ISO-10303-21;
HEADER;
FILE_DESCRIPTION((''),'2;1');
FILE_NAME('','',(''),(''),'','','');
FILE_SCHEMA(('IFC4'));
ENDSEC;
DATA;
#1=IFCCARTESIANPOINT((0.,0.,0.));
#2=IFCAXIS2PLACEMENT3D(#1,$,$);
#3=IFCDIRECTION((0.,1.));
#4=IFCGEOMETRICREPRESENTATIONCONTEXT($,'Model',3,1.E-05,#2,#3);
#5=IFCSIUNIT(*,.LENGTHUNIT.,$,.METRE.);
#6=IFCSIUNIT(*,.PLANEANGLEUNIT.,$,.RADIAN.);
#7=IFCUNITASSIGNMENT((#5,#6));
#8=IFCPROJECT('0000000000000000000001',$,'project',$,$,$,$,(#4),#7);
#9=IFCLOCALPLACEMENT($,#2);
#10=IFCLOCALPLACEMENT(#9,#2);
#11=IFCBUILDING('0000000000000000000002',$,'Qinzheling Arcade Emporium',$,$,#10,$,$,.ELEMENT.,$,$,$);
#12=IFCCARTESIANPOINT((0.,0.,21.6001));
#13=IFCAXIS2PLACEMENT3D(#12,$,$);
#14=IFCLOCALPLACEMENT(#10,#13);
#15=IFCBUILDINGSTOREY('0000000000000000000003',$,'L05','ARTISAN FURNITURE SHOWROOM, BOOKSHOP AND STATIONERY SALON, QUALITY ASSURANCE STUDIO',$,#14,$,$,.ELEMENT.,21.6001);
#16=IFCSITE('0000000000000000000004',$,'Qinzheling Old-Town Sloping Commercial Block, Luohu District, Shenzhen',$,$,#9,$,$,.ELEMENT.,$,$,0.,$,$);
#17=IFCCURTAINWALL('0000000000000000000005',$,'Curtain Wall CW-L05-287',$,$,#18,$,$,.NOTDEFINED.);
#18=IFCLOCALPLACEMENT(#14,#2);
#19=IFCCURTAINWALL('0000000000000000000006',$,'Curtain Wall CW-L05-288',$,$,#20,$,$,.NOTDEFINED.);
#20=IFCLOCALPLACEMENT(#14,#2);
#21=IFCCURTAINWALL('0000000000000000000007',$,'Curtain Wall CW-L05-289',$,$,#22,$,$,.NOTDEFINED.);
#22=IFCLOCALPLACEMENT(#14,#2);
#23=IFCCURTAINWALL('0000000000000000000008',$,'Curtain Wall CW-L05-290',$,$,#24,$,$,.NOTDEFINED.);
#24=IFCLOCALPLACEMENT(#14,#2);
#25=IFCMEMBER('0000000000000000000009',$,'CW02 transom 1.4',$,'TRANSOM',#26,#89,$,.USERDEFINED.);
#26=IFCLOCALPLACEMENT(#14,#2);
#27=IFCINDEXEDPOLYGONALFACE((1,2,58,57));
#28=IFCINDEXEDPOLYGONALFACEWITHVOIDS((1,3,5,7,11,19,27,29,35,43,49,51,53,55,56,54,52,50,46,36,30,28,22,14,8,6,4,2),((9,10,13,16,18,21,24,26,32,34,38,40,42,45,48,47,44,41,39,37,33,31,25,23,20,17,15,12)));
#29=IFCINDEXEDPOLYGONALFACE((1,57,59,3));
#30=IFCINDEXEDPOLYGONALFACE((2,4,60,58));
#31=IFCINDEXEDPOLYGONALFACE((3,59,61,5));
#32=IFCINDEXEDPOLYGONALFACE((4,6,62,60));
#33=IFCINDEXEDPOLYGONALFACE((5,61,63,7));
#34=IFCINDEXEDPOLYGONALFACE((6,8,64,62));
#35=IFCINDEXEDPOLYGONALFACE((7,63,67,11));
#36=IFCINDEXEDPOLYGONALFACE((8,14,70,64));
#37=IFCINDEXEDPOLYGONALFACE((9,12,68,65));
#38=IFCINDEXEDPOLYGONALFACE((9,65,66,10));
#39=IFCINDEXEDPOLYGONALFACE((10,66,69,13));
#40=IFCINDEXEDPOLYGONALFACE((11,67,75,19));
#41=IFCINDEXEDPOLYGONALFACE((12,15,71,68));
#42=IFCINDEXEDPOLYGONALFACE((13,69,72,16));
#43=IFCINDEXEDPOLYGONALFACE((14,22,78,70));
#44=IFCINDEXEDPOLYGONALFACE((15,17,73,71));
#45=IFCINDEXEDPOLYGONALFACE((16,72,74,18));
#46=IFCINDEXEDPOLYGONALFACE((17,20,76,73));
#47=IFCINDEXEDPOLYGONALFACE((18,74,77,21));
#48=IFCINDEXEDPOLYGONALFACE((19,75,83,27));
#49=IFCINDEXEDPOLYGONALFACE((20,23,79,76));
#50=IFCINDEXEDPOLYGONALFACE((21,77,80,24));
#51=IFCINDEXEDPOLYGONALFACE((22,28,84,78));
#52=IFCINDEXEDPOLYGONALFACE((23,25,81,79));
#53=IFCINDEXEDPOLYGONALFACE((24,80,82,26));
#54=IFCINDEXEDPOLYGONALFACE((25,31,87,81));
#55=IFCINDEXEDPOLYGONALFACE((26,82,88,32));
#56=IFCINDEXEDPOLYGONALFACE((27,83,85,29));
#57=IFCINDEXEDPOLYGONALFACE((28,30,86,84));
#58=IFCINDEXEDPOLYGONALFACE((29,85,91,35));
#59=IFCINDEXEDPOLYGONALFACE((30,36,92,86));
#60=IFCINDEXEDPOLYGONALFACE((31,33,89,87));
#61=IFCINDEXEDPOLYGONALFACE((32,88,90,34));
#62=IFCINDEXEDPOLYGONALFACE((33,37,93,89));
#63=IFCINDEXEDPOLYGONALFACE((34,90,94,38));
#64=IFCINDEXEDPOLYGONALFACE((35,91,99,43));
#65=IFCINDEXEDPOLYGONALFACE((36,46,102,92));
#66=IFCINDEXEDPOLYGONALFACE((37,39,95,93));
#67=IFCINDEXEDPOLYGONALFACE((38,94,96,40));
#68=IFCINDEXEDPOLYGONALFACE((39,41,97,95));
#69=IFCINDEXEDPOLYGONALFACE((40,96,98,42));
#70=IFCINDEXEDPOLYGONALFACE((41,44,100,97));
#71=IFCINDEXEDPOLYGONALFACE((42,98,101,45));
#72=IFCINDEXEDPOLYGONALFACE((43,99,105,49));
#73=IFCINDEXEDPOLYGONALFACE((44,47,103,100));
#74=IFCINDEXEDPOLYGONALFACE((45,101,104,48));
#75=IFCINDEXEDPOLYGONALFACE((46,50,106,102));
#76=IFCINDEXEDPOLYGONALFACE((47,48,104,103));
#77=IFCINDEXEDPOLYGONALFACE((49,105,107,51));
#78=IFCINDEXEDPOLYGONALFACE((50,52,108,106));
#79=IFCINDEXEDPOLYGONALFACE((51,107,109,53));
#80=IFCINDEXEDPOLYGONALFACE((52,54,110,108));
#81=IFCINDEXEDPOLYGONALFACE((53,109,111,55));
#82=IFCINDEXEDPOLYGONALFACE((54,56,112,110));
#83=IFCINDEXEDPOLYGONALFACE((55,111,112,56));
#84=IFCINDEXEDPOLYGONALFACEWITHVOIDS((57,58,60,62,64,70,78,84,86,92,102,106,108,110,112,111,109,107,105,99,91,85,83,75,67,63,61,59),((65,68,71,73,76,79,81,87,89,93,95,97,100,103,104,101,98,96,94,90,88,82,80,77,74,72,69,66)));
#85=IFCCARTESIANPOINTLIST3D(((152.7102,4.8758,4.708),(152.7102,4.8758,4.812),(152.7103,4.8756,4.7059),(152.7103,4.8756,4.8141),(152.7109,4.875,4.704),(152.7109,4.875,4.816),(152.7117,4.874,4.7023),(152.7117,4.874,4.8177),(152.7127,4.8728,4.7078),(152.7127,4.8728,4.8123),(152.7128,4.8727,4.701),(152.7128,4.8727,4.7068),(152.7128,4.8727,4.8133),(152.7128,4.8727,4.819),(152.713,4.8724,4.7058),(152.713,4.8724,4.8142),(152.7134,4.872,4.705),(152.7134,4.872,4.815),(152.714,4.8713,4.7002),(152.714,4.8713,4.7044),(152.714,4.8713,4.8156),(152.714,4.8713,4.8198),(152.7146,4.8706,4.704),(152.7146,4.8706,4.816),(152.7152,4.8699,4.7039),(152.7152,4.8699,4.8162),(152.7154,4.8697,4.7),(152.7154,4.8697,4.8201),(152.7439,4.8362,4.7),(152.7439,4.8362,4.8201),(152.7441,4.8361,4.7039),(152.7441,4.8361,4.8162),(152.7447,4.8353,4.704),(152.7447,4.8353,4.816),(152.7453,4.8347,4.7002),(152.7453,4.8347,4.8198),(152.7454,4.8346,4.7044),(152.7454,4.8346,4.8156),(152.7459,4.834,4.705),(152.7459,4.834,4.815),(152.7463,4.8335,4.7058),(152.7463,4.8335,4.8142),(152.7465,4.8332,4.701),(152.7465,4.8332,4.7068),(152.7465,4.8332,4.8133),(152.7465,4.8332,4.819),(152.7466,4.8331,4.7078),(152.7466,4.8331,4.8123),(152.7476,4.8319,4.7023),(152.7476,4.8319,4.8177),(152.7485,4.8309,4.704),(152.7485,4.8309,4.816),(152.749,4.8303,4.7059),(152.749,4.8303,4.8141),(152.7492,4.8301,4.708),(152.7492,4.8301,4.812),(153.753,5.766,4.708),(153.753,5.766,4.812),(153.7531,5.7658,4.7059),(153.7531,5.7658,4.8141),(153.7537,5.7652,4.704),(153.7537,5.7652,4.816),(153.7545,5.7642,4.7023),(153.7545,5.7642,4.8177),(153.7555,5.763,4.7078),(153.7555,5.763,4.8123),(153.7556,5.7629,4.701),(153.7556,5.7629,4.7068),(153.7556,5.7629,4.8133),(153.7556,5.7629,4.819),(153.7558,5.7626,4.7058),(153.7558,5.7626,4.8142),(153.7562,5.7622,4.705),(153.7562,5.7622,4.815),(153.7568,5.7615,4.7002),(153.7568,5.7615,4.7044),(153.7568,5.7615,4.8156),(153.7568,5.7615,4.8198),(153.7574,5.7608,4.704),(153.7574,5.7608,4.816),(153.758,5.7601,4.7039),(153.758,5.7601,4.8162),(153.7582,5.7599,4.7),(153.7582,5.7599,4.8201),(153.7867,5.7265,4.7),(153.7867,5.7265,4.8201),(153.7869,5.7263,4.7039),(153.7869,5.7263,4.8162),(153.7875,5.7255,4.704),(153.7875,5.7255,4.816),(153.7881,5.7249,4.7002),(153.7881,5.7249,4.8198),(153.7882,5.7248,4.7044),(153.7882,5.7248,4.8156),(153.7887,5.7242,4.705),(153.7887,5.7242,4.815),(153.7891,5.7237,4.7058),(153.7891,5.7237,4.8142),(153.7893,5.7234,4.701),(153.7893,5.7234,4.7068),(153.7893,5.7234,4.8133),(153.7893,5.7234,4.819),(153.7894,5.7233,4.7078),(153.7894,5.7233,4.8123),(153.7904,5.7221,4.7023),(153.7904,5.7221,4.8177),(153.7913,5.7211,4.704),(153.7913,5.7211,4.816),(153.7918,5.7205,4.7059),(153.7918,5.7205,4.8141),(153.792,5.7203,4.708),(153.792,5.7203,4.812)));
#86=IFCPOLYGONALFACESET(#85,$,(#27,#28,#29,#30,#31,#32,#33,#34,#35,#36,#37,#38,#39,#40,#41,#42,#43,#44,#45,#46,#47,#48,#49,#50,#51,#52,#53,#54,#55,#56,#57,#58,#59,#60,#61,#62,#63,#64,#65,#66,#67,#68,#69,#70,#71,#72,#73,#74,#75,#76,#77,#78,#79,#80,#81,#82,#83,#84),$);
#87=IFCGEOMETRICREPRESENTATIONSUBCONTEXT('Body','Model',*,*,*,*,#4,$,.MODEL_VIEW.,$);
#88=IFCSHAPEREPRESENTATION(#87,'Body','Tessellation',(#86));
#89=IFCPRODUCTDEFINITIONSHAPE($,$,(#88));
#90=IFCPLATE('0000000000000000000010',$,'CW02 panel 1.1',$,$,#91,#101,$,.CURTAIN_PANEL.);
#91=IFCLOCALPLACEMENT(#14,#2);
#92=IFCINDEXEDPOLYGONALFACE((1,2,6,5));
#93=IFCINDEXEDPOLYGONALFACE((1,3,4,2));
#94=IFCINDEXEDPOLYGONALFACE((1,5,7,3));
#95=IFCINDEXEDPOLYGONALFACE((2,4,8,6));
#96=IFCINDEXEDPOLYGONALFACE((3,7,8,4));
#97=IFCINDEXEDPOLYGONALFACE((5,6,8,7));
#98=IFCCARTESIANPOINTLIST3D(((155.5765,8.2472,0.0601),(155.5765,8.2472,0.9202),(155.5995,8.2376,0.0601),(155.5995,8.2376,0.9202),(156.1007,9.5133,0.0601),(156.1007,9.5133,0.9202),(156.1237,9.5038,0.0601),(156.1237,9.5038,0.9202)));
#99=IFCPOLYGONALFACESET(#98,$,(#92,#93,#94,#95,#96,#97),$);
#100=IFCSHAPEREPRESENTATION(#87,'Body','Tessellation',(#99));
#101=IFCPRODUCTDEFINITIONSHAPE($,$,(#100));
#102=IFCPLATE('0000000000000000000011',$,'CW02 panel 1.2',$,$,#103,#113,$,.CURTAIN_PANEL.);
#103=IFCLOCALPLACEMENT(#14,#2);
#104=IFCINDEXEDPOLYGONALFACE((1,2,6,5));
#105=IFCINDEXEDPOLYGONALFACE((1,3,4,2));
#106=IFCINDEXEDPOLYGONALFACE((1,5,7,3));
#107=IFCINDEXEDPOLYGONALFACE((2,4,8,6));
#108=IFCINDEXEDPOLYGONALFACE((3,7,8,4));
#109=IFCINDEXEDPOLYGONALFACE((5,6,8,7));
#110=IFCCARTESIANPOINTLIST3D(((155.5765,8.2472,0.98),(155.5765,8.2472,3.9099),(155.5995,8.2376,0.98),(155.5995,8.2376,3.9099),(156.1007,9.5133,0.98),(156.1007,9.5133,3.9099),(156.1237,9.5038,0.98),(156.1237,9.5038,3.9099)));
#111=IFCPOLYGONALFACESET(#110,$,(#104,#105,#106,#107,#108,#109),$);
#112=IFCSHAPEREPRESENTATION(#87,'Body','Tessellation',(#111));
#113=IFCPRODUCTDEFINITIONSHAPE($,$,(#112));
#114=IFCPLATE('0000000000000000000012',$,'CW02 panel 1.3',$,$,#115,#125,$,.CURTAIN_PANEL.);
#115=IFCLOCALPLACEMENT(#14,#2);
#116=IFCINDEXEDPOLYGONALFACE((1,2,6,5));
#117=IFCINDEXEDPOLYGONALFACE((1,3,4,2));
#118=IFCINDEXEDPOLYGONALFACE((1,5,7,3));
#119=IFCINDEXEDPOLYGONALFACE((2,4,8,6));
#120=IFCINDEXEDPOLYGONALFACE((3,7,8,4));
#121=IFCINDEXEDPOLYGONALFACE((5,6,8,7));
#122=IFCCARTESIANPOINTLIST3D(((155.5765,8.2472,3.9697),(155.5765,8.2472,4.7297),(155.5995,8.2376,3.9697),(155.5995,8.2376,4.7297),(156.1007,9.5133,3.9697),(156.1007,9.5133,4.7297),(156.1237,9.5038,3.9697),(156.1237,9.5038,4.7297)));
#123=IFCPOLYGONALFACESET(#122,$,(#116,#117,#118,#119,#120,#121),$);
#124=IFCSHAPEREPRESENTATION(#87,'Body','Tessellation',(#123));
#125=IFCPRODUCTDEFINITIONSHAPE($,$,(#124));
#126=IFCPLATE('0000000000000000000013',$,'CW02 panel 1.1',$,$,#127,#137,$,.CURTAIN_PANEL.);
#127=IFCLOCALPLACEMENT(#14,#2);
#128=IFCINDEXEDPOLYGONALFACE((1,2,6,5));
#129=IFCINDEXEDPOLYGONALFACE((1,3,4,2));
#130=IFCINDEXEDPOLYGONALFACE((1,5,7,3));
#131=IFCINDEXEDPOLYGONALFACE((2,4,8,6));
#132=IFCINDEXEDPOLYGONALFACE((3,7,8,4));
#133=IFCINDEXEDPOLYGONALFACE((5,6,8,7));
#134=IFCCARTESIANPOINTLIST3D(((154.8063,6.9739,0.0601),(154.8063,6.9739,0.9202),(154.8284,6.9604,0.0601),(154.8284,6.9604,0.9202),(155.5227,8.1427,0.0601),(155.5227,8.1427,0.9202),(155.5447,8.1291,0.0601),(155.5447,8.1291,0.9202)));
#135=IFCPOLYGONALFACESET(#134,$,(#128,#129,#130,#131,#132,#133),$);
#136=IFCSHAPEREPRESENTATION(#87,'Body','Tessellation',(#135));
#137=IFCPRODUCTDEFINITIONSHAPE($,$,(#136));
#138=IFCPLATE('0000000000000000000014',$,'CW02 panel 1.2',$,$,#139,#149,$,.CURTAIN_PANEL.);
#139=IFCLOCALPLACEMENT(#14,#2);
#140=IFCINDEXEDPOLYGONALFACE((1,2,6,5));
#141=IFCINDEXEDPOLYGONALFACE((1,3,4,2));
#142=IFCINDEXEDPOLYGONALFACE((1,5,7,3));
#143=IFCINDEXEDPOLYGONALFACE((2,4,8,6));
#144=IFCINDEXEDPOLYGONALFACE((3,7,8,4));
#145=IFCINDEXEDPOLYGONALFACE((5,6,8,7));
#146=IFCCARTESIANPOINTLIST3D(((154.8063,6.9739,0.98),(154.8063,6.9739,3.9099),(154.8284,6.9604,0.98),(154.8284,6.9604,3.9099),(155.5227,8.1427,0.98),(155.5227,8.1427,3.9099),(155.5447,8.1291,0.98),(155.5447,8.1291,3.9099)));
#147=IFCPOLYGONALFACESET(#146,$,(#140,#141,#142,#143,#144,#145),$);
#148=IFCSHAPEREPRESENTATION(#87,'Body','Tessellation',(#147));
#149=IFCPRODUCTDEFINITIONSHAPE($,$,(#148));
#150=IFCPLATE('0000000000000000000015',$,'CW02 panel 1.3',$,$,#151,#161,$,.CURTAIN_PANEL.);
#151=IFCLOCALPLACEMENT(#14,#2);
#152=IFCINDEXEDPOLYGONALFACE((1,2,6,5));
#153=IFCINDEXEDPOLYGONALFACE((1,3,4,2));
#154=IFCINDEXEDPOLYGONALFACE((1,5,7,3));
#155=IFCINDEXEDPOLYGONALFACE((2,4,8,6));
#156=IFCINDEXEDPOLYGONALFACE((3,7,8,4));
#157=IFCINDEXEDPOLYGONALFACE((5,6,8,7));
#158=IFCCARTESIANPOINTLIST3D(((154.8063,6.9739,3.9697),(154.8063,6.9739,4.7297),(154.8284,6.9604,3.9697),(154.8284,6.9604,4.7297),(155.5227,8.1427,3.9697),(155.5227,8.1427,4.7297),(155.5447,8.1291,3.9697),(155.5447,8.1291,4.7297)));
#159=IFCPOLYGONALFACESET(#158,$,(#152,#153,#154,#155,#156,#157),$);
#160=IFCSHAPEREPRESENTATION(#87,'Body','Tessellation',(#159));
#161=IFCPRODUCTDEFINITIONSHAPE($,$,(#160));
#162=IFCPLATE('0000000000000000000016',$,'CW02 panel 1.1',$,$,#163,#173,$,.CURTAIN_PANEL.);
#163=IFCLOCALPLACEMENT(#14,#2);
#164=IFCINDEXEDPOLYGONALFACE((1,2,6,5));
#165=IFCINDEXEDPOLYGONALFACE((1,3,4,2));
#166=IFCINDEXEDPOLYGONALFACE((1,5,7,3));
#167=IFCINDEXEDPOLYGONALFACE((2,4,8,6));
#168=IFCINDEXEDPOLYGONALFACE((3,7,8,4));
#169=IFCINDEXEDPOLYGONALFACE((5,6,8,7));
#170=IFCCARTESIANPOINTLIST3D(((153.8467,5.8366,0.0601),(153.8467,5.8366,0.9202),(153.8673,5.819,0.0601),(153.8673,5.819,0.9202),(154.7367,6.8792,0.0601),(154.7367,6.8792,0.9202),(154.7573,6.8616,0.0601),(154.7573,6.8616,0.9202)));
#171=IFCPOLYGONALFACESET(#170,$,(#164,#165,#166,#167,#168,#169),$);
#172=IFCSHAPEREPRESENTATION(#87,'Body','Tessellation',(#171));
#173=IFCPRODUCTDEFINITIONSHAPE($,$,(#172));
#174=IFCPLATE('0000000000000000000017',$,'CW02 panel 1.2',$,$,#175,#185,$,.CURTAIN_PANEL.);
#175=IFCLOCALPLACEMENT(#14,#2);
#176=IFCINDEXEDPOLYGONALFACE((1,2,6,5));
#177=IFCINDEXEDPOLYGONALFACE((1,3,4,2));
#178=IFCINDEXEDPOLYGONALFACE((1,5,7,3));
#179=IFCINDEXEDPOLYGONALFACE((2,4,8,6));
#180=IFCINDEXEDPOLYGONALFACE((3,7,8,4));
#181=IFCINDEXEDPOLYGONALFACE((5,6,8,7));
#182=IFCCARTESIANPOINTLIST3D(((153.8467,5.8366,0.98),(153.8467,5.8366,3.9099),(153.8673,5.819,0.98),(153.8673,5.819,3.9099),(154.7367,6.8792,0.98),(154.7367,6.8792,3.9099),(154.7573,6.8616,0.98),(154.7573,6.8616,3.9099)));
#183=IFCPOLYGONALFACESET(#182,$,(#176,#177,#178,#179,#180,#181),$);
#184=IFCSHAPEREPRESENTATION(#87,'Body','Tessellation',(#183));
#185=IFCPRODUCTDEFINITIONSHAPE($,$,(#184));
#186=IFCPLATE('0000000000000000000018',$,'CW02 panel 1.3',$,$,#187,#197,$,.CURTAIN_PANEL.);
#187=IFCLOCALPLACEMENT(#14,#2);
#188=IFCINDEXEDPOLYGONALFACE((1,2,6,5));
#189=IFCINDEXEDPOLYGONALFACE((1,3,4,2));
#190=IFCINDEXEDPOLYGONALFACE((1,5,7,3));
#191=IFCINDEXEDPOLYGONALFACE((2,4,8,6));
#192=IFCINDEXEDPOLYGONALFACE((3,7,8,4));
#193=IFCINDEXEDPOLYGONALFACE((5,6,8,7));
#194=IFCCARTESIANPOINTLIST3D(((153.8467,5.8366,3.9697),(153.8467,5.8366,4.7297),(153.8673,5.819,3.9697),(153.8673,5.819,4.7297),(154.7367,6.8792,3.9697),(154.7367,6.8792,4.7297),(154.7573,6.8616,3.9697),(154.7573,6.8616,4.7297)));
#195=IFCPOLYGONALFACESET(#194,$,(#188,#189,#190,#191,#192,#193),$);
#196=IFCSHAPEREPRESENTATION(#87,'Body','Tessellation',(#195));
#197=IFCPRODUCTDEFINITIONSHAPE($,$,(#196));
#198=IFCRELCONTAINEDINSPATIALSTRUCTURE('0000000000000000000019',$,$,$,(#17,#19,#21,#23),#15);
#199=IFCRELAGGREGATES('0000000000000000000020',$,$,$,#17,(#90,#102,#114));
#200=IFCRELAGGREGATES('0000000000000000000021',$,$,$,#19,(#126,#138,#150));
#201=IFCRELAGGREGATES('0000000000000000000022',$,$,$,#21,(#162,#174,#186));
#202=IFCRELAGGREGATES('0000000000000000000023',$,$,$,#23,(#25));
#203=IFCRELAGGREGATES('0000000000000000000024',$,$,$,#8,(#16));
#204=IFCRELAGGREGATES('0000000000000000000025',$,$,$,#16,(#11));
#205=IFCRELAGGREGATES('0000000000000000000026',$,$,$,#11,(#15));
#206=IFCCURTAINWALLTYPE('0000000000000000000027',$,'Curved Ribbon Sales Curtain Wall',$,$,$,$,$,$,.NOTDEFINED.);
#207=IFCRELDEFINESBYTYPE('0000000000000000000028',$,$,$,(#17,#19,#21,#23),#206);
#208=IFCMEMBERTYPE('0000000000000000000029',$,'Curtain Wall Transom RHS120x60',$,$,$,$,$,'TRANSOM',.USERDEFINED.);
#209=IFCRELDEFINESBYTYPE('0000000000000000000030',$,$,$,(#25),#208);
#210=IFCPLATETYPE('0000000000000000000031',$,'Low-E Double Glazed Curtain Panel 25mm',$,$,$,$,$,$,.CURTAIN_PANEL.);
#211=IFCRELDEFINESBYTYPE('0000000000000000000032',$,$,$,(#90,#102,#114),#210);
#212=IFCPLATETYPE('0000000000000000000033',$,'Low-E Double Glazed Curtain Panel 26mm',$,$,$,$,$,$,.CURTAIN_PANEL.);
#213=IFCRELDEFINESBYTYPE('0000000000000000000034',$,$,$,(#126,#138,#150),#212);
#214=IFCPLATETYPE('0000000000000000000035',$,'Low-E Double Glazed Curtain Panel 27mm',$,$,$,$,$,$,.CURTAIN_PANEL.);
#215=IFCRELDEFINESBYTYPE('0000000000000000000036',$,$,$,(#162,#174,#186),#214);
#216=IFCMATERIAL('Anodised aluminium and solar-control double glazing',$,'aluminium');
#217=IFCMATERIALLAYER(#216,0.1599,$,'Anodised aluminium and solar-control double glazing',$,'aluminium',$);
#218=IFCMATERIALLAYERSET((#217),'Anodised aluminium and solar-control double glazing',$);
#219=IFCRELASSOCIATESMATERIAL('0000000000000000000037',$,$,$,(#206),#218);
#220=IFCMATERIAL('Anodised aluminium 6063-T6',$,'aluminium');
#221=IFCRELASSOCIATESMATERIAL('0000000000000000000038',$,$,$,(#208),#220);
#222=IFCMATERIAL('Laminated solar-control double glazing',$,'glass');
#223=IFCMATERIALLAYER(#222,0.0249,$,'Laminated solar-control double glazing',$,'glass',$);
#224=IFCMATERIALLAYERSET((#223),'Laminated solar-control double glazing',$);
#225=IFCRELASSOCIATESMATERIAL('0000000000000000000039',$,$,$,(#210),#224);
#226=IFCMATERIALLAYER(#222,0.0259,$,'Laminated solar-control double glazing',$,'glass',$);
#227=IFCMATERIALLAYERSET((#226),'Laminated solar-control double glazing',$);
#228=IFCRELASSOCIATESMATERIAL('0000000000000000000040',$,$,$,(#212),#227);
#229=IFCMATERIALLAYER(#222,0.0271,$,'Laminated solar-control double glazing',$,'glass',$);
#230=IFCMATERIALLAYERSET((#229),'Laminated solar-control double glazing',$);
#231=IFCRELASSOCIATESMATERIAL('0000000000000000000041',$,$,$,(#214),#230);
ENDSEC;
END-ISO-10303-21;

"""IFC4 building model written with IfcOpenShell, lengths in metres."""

from ifc_helpers import new_model, si_unit, direction, frame, origin, origin_2d, place, context, subcontext, project, spatial, rectangle, hollow_rectangle, extrude, material, layer, layer_set, material_profile, profile_set, type_object, element, aggregate, save


model = new_model("IFC4")

# Units and contexts
model_context = context("Model", 3, precision=1e-05, world=origin(), true_north=direction((0.0, 1.0)))
body_context = subcontext(model_context, "Body", "Model", "MODEL_VIEW")
ifc_project = project(units=[si_unit("LENGTHUNIT", "METRE"), si_unit("PLANEANGLEUNIT", "RADIAN")], contexts=[model_context])

# Site, building, storey
site_placement = place(None, origin())
site = spatial("IfcSite", under=ifc_project, at=site_placement, Name="Qinzheling Old-Town Sloping Commercial Block, Luohu District, Shenzhen", CompositionType="ELEMENT", RefElevation=0.0)
building_placement = place(site_placement, origin())
building = spatial("IfcBuilding", under=site, at=building_placement, Name="Qinzheling Arcade Emporium", CompositionType="ELEMENT")
storey_placement = place(building_placement, frame((0.0, 0.0, 21.6001)))
storey = spatial("IfcBuildingStorey", under=building, at=storey_placement, Name="L05", Description="ARTISAN FURNITURE SHOWROOM, BOOKSHOP AND STATIONERY SALON, QUALITY ASSURANCE STUDIO", CompositionType="ELEMENT", Elevation=21.6001)

# Curtain wall
ifc_material_1 = material(Name="Anodised aluminium and solar-control double glazing", Category="aluminium")
ifc_layer_1 = layer(ifc_material_1, 0.1599, Name="Anodised aluminium and solar-control double glazing", Category="aluminium")
ifc_layer_set_1 = layer_set([ifc_layer_1], Name="Anodised aluminium and solar-control double glazing")
curtain_wall_type = type_object("IfcCurtainWallType", Name="Curved Ribbon Sales Curtain Wall", PredefinedType="NOTDEFINED", material=ifc_layer_set_1)
curtain_wall_1_placement = place(storey_placement, origin())
curtain_wall_1 = element("IfcCurtainWall", 1, at=curtain_wall_1_placement, inside=storey, type_object=curtain_wall_type, Name="Curtain Wall CW-L05-287", PredefinedType="NOTDEFINED")
ifc_material_2 = material(Name="Anodised aluminium 6063-T6", Category="aluminium")

# Curtain walls
curtain_wall_2_placement = place(storey_placement, origin())
curtain_wall_2 = element("IfcCurtainWall", 2, at=curtain_wall_2_placement, inside=storey, type_object=curtain_wall_type, Name="Curtain Wall CW-L05-288", PredefinedType="NOTDEFINED")
curtain_wall_3_placement = place(storey_placement, origin())
curtain_wall_3 = element("IfcCurtainWall", 3, at=curtain_wall_3_placement, inside=storey, type_object=curtain_wall_type, Name="Curtain Wall CW-L05-289", PredefinedType="NOTDEFINED")
curtain_wall_4_placement = place(storey_placement, origin())
curtain_wall_4 = element("IfcCurtainWall", 4, at=curtain_wall_4_placement, inside=storey, type_object=curtain_wall_type, Name="Curtain Wall CW-L05-290", PredefinedType="NOTDEFINED")

# Member
ifc_material_profile_1 = material_profile(ifc_material_2, hollow_rectangle(XDim=0.0601, YDim=0.1201, WallThickness=0.0039, InnerFilletRadius=0.0039, OuterFilletRadius=0.0081, at=origin_2d()), Name="RHS 120x60x4", Category="aluminium")
ifc_profile_set_1 = profile_set([ifc_material_profile_1], Name="Anodised aluminium 6063-T6")
member_type_1 = type_object("IfcMemberType", Name="Curtain Wall Transom RHS120x60", ElementType="TRANSOM", PredefinedType="USERDEFINED", material=ifc_profile_set_1)
member_1_placement = place(storey_placement, frame((153.7725, 5.7432, 4.76), z_axis=(-0.760562, -0.649265, 0.0), x_axis=(0.649265, -0.760562, 0.0)))
member_1 = element("IfcMember", 5, at=member_1_placement, type_object=member_type_1, Name="CW02 transom 1.4", ObjectType="TRANSOM", PredefinedType="USERDEFINED", context=body_context, shape_type="SweptSolid", body=[
    extrude(hollow_rectangle(XDim=0.0601, YDim=0.1201, WallThickness=0.0039, InnerFilletRadius=0.0039, OuterFilletRadius=0.0081, at=origin_2d()), origin(), (0.0, 0.0, 1.0), 1.3711),
])

# Plates
ifc_material_3 = material(Name="Laminated solar-control double glazing", Category="glass")
ifc_layer_2 = layer(ifc_material_3, 0.0249, Name="Laminated solar-control double glazing", Category="glass")
ifc_layer_set_2 = layer_set([ifc_layer_2], Name="Laminated solar-control double glazing")
plate_type_1 = type_object("IfcPlateType", Name="Low-E Double Glazed Curtain Panel 25mm", PredefinedType="CURTAIN_PANEL", material=ifc_layer_set_2)
plate_1_placement = place(storey_placement, frame((155.8501, 8.8755, 0.0601), z_axis=(0.0, 0.0, 1.0), x_axis=(-0.38247, -0.923968, 0.0)))
plate_1 = element("IfcPlate", 6, at=plate_1_placement, type_object=plate_type_1, Name="CW02 panel 1.1", PredefinedType="CURTAIN_PANEL", context=body_context, shape_type="SweptSolid", body=[
    extrude(rectangle(XDim=1.3704, YDim=0.0249, at=origin_2d()), origin(), (0.0, 0.0, 1.0), 0.8601),
])
plate_2_placement = place(storey_placement, frame((155.8501, 8.8755, 0.98), z_axis=(0.0, 0.0, 1.0), x_axis=(-0.38247, -0.923968, 0.0)))
plate_2 = element("IfcPlate", 7, at=plate_2_placement, type_object=plate_type_1, Name="CW02 panel 1.2", PredefinedType="CURTAIN_PANEL", context=body_context, shape_type="SweptSolid", body=[
    extrude(rectangle(XDim=1.3704, YDim=0.0249, at=origin_2d()), origin(), (0.0, 0.0, 1.0), 2.9299),
])
plate_3_placement = place(storey_placement, frame((155.8501, 8.8755, 3.9697), z_axis=(0.0, 0.0, 1.0), x_axis=(-0.38247, -0.923968, 0.0)))
plate_3 = element("IfcPlate", 8, at=plate_3_placement, type_object=plate_type_1, Name="CW02 panel 1.3", PredefinedType="CURTAIN_PANEL", context=body_context, shape_type="SweptSolid", body=[
    extrude(rectangle(XDim=1.3704, YDim=0.0249, at=origin_2d()), origin(), (0.0, 0.0, 1.0), 0.76),
])
aggregate(curtain_wall_1, [plate_1, plate_2, plate_3])
ifc_layer_3 = layer(ifc_material_3, 0.0259, Name="Laminated solar-control double glazing", Category="glass")
ifc_layer_set_3 = layer_set([ifc_layer_3], Name="Laminated solar-control double glazing")
plate_type_2 = type_object("IfcPlateType", Name="Low-E Double Glazed Curtain Panel 26mm", PredefinedType="CURTAIN_PANEL", material=ifc_layer_set_3)
plate_4_placement = place(storey_placement, frame((155.1755, 7.5515, 0.0601), z_axis=(0.0, 0.0, 1.0), x_axis=(-0.522562, -0.852601, 0.0)))
plate_4 = element("IfcPlate", 9, at=plate_4_placement, type_object=plate_type_2, Name="CW02 panel 1.1", PredefinedType="CURTAIN_PANEL", context=body_context, shape_type="SweptSolid", body=[
    extrude(rectangle(XDim=1.3708, YDim=0.0259, at=origin_2d()), origin(), (0.0, 0.0, 1.0), 0.8601),
])
plate_5_placement = place(storey_placement, frame((155.1755, 7.5515, 0.98), z_axis=(0.0, 0.0, 1.0), x_axis=(-0.522562, -0.852601, 0.0)))
plate_5 = element("IfcPlate", 10, at=plate_5_placement, type_object=plate_type_2, Name="CW02 panel 1.2", PredefinedType="CURTAIN_PANEL", context=body_context, shape_type="SweptSolid", body=[
    extrude(rectangle(XDim=1.3708, YDim=0.0259, at=origin_2d()), origin(), (0.0, 0.0, 1.0), 2.9299),
])
plate_6_placement = place(storey_placement, frame((155.1755, 7.5515, 3.9697), z_axis=(0.0, 0.0, 1.0), x_axis=(-0.522562, -0.852601, 0.0)))
plate_6 = element("IfcPlate", 11, at=plate_6_placement, type_object=plate_type_2, Name="CW02 panel 1.3", PredefinedType="CURTAIN_PANEL", context=body_context, shape_type="SweptSolid", body=[
    extrude(rectangle(XDim=1.3708, YDim=0.0259, at=origin_2d()), origin(), (0.0, 0.0, 1.0), 0.76),
])
aggregate(curtain_wall_2, [plate_4, plate_5, plate_6])
ifc_layer_4 = layer(ifc_material_3, 0.0271, Name="Laminated solar-control double glazing", Category="glass")
ifc_layer_set_4 = layer_set([ifc_layer_4], Name="Laminated solar-control double glazing")
plate_type_3 = type_object("IfcPlateType", Name="Low-E Double Glazed Curtain Panel 27mm", PredefinedType="CURTAIN_PANEL", material=ifc_layer_set_4)
plate_7_placement = place(storey_placement, frame((154.302, 6.3491, 0.0601), z_axis=(0.0, 0.0, 1.0), x_axis=(-0.649243, -0.760581, 0.0)))
plate_7 = element("IfcPlate", 12, at=plate_7_placement, type_object=plate_type_3, Name="CW02 panel 1.1", PredefinedType="CURTAIN_PANEL", context=body_context, shape_type="SweptSolid", body=[
    extrude(rectangle(XDim=1.3708, YDim=0.0271, at=origin_2d()), origin(), (0.0, 0.0, 1.0), 0.8601),
])
plate_8_placement = place(storey_placement, frame((154.302, 6.3491, 0.98), z_axis=(0.0, 0.0, 1.0), x_axis=(-0.649243, -0.760581, 0.0)))
plate_8 = element("IfcPlate", 13, at=plate_8_placement, type_object=plate_type_3, Name="CW02 panel 1.2", PredefinedType="CURTAIN_PANEL", context=body_context, shape_type="SweptSolid", body=[
    extrude(rectangle(XDim=1.3708, YDim=0.0271, at=origin_2d()), origin(), (0.0, 0.0, 1.0), 2.9299),
])
plate_9_placement = place(storey_placement, frame((154.302, 6.3491, 3.9697), z_axis=(0.0, 0.0, 1.0), x_axis=(-0.649243, -0.760581, 0.0)))
plate_9 = element("IfcPlate", 14, at=plate_9_placement, type_object=plate_type_3, Name="CW02 panel 1.3", PredefinedType="CURTAIN_PANEL", context=body_context, shape_type="SweptSolid", body=[
    extrude(rectangle(XDim=1.3708, YDim=0.0271, at=origin_2d()), origin(), (0.0, 0.0, 1.0), 0.76),
])
aggregate(curtain_wall_3, [plate_7, plate_8, plate_9])
aggregate(curtain_wall_4, [member_1])

save(model, "model.ifc")
